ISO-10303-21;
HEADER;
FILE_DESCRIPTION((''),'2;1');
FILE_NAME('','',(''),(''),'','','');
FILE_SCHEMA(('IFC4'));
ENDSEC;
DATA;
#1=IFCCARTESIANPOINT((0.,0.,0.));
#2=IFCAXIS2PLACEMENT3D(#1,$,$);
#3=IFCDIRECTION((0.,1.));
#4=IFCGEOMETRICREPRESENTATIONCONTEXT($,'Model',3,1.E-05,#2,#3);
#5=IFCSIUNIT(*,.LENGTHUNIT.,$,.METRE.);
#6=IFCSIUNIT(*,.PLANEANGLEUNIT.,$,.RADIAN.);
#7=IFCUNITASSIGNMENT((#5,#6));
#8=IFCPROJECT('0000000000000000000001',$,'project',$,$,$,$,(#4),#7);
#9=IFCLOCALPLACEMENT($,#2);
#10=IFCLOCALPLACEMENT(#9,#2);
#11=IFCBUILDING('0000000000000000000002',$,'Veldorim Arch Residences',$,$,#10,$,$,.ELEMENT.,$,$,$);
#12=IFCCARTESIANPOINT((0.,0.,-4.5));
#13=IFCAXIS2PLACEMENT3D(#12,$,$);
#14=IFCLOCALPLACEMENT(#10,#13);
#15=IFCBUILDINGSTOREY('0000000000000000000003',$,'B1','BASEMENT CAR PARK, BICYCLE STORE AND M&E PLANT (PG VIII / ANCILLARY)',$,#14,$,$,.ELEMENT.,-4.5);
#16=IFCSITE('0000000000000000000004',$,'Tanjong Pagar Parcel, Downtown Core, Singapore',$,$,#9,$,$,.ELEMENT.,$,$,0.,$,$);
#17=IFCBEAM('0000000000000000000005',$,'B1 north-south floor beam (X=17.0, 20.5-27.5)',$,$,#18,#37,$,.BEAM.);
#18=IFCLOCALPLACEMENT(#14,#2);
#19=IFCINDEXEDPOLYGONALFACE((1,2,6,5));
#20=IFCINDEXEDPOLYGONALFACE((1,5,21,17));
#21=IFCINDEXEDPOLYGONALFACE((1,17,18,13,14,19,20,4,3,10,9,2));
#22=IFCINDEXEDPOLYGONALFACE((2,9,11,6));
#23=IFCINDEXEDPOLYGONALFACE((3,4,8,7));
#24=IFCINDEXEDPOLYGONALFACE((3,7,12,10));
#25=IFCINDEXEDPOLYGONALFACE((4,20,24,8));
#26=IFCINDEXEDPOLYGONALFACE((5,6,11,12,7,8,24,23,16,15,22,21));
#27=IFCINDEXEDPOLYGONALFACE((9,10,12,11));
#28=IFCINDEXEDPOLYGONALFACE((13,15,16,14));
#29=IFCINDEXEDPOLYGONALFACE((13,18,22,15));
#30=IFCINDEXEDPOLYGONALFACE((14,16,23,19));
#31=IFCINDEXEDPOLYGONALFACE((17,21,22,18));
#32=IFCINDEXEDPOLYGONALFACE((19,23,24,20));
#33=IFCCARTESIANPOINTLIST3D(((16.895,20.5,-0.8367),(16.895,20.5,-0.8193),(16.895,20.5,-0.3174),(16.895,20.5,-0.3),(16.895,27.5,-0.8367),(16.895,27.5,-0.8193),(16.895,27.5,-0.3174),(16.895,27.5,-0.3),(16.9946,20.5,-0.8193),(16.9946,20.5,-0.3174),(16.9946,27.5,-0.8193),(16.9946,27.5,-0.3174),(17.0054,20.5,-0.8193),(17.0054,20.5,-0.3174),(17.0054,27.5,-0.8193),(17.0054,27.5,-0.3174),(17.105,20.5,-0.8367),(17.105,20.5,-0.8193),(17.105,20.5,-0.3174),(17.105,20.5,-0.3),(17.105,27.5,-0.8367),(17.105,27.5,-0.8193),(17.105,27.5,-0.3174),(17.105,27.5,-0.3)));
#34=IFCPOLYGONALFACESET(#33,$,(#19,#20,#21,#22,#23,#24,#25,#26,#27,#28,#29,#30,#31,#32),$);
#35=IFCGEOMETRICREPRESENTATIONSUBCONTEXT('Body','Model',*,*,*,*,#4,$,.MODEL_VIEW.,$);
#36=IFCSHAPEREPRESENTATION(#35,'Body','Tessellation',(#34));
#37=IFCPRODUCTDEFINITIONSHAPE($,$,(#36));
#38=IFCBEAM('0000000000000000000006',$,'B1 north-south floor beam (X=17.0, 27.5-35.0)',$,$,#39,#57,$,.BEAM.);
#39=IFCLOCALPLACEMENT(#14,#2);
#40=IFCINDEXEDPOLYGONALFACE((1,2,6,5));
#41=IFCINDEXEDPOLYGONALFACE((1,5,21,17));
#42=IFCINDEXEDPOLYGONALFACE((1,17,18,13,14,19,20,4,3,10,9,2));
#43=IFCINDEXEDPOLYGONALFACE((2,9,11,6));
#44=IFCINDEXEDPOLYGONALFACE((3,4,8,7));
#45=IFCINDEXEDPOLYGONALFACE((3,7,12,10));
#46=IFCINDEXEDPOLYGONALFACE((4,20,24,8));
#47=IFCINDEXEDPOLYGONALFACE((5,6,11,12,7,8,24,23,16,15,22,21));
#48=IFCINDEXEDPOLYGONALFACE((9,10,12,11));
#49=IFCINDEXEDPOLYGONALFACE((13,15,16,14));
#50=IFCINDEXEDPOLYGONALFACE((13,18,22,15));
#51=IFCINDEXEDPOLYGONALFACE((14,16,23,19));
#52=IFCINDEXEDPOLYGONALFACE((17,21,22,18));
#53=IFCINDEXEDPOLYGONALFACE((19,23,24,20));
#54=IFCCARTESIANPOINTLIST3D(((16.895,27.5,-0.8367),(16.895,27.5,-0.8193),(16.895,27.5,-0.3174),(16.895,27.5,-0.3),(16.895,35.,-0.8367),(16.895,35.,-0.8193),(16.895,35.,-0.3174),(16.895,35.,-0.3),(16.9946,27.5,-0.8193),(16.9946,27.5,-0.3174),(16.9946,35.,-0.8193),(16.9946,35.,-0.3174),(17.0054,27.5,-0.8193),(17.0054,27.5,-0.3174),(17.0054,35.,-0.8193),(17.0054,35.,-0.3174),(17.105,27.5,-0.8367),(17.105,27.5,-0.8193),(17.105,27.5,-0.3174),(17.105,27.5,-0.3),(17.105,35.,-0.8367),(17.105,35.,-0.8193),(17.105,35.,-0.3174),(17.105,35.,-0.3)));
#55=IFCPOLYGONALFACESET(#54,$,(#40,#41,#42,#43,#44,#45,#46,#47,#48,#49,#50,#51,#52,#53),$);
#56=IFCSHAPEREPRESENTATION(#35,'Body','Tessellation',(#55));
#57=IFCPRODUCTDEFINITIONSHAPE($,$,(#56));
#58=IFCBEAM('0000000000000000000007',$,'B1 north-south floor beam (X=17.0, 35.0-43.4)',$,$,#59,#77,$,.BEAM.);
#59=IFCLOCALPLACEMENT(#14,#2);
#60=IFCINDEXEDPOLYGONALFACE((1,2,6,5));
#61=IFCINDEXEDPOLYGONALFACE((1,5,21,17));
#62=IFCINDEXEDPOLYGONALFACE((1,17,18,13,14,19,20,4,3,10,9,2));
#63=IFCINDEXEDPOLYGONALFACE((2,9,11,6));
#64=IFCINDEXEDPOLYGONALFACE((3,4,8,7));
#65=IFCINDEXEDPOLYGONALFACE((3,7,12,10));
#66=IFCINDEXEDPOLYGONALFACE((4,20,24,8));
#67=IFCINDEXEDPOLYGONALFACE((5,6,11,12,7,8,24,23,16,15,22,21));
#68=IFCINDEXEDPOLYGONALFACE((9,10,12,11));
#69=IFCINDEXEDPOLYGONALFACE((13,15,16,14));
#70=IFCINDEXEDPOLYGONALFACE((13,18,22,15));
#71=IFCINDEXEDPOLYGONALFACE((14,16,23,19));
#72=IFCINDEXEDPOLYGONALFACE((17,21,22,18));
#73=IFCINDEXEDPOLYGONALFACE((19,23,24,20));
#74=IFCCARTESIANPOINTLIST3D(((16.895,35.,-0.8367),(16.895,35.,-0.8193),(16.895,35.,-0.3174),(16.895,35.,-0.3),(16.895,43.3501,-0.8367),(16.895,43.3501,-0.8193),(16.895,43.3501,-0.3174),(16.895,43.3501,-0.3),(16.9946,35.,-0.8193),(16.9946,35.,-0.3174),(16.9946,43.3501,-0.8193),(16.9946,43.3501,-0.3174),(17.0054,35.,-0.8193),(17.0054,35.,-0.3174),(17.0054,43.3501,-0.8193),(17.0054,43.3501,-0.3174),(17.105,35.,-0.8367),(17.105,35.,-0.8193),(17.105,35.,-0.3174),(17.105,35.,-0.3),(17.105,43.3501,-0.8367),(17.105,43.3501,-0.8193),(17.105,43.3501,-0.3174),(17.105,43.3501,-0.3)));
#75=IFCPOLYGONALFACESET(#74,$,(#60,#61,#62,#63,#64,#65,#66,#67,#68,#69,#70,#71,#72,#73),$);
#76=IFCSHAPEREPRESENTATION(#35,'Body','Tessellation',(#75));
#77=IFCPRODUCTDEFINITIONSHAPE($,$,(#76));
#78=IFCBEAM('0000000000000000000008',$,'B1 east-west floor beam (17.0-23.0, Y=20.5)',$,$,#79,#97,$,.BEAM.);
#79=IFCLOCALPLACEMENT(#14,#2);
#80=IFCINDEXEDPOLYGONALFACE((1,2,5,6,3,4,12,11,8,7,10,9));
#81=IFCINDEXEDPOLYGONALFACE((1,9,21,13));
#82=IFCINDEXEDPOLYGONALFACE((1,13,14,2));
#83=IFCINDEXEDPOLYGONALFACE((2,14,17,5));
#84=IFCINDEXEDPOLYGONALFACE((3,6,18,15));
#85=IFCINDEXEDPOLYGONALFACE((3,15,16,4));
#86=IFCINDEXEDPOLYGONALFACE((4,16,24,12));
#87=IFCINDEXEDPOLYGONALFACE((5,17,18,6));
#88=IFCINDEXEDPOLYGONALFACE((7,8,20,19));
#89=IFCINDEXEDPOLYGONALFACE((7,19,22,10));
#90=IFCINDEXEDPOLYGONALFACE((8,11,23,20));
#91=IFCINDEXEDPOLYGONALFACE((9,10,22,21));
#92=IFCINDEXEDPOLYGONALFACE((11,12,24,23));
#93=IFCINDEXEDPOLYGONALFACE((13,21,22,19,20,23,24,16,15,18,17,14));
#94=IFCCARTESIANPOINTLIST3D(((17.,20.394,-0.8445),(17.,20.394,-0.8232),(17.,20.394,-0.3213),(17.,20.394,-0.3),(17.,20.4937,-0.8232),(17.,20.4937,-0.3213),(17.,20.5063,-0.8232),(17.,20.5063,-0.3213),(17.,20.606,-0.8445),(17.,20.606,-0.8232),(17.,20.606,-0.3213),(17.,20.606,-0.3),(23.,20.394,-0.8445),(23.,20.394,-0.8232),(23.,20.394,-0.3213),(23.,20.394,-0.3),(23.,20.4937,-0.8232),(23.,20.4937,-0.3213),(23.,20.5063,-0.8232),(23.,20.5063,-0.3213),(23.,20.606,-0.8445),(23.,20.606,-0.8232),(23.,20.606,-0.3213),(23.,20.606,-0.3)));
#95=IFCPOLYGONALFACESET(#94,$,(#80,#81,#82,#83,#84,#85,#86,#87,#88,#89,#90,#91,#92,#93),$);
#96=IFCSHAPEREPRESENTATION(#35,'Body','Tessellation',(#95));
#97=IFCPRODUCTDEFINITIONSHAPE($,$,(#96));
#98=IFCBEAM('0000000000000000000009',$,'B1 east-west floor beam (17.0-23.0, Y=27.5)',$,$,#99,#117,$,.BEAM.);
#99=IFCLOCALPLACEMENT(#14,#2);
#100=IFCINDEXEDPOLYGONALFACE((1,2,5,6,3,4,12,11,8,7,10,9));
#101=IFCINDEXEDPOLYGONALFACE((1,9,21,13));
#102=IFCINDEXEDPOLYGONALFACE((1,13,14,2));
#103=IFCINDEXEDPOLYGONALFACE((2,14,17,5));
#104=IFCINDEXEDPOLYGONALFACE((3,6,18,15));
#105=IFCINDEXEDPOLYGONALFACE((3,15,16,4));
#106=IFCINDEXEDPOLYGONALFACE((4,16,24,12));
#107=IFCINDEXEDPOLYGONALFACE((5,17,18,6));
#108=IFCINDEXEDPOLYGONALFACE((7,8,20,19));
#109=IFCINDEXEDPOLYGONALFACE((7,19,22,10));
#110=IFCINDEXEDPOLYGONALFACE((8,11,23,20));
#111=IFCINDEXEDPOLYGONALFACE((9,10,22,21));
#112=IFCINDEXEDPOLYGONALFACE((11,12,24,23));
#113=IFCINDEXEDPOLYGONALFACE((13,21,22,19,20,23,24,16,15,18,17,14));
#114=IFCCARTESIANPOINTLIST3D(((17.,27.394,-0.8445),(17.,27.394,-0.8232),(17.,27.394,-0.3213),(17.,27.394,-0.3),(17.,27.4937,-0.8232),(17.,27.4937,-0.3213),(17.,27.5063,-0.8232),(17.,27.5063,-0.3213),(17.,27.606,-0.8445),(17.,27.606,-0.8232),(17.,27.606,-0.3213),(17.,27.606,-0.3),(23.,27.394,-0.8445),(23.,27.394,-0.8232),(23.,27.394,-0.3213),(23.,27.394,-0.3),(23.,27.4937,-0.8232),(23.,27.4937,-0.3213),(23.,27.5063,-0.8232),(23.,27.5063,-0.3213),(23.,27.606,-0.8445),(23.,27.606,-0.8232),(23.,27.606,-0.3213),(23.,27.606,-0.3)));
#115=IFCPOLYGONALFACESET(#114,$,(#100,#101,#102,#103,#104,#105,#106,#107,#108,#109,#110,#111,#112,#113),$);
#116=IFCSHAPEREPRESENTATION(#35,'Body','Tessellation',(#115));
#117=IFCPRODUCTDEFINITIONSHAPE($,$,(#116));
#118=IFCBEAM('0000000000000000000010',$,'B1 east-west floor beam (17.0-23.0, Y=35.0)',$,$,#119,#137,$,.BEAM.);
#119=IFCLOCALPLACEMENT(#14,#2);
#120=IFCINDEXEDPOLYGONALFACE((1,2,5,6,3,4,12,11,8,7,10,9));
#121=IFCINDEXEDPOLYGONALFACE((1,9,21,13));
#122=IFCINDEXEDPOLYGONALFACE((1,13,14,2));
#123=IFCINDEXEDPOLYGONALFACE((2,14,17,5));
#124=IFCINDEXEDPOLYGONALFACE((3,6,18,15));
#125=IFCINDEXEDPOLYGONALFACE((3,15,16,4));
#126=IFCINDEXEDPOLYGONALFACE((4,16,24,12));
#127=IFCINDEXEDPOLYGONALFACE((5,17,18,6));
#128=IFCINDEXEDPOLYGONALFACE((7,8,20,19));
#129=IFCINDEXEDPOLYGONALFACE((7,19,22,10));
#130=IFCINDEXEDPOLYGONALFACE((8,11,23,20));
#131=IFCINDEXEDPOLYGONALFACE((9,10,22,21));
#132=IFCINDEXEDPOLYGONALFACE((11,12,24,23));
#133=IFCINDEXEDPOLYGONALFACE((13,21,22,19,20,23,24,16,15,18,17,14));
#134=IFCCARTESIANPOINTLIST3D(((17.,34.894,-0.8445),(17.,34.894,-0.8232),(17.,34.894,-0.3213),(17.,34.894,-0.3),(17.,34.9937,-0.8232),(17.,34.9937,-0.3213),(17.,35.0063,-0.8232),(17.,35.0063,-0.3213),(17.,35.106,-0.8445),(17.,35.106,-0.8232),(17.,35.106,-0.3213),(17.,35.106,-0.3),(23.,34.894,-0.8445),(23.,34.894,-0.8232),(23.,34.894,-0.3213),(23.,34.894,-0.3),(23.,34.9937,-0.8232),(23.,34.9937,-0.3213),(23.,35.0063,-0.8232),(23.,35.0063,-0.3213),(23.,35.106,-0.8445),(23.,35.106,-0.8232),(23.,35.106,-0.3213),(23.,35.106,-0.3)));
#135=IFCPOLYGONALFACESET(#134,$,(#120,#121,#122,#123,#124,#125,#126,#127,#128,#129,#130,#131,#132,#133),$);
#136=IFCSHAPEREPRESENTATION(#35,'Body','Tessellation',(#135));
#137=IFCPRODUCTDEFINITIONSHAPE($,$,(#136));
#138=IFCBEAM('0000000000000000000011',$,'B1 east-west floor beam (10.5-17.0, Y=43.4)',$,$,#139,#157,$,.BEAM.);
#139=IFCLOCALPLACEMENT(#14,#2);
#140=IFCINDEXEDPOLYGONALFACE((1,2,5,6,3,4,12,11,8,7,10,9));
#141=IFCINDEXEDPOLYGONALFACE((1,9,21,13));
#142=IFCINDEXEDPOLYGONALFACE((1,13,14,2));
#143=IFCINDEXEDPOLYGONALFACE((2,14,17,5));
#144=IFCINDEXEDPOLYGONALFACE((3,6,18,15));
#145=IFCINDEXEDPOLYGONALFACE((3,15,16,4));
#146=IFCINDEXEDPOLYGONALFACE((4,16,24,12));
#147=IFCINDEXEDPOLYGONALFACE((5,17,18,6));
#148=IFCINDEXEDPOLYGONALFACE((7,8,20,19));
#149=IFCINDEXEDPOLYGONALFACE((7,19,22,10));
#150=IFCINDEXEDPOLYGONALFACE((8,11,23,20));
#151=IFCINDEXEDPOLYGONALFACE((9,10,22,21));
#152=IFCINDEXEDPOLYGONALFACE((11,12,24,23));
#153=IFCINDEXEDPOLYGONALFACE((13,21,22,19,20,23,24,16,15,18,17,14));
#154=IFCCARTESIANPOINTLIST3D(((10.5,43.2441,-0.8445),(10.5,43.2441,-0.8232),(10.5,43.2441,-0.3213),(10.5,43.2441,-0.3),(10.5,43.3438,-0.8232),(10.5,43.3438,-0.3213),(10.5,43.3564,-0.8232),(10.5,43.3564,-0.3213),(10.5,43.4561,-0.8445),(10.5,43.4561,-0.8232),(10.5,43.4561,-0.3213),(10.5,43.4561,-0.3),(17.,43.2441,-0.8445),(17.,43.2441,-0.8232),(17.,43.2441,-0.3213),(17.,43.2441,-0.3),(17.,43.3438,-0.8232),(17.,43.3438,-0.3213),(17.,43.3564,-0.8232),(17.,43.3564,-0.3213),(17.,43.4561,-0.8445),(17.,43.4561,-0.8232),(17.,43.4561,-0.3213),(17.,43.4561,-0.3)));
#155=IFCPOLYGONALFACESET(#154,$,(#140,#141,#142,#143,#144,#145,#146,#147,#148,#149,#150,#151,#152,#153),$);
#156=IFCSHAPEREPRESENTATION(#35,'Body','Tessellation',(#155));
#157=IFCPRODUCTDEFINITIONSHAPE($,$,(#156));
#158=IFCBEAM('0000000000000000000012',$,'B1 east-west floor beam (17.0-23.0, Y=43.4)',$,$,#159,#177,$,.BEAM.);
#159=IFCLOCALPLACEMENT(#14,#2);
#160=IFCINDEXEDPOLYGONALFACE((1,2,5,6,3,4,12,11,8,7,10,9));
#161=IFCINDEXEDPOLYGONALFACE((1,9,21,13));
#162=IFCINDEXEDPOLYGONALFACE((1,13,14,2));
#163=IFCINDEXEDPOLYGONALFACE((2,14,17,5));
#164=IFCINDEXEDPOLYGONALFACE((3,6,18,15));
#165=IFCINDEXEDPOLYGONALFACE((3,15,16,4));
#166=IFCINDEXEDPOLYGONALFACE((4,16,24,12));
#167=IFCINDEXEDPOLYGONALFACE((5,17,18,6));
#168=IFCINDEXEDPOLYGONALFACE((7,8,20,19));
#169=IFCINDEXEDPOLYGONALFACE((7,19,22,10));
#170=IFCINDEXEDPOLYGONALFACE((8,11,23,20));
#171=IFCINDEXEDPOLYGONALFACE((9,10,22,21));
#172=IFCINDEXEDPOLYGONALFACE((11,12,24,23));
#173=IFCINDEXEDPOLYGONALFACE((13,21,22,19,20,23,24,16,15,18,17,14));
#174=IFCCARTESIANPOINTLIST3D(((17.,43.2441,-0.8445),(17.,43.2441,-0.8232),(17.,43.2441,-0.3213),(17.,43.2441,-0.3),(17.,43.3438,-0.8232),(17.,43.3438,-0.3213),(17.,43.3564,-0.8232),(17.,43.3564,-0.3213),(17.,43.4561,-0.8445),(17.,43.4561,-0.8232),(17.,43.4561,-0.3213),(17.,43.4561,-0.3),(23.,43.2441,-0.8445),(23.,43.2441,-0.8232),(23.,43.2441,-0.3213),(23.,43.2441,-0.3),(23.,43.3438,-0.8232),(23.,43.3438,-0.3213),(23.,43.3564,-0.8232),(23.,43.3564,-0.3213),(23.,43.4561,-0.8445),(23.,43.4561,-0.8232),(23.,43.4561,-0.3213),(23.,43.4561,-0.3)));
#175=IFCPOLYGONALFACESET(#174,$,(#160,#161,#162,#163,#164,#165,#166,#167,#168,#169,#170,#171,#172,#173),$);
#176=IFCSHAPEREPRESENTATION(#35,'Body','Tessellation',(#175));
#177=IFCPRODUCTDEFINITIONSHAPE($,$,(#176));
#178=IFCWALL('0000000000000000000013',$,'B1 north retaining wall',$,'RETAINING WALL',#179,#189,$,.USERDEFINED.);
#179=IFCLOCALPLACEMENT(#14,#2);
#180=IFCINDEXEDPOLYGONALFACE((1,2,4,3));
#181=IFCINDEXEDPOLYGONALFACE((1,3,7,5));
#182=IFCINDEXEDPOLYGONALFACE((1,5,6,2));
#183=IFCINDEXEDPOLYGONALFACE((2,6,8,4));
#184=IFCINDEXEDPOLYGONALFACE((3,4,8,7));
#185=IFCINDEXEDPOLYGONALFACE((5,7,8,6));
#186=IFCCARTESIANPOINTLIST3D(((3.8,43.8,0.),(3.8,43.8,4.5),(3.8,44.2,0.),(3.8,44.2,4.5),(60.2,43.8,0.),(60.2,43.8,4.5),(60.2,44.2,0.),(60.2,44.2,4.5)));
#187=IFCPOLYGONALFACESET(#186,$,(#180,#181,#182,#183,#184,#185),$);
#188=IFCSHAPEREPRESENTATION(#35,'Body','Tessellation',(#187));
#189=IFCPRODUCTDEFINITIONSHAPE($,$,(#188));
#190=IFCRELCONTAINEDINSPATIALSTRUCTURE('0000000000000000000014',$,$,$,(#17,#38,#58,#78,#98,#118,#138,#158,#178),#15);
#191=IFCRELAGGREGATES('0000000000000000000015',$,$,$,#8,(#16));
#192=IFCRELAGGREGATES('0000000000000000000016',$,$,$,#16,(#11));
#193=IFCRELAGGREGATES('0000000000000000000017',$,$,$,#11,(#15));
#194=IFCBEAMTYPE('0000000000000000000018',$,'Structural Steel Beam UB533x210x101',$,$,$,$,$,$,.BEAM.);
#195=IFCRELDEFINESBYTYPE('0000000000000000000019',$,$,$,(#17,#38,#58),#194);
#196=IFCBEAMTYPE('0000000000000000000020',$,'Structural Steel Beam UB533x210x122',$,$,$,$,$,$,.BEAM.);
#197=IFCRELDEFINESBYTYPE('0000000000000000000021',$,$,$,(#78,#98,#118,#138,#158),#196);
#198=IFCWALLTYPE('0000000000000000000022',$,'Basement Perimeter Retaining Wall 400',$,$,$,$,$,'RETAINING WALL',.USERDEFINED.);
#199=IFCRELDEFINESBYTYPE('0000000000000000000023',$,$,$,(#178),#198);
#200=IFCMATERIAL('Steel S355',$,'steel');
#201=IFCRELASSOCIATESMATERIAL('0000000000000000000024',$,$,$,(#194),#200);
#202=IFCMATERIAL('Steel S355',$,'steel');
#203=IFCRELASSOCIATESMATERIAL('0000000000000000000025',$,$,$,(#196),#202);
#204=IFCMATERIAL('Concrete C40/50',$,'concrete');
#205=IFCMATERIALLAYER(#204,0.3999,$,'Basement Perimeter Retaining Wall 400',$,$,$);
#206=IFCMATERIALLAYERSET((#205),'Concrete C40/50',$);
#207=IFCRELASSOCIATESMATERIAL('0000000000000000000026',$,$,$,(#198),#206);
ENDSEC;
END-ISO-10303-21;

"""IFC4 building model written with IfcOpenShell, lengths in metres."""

from ifc_helpers import new_model, si_unit, direction, frame, frame_2d, origin, origin_2d, place, context, subcontext, project, spatial, rectangle, i_section, extrude, material, layer, layer_set, material_profile, profile_set, type_object, element, save


model = new_model("IFC4")

# Units and contexts
model_context = context("Model", 3, precision=1e-05, world=origin(), true_north=direction((0.0, 1.0)))
body_context = subcontext(model_context, "Body", "Model", "MODEL_VIEW")
ifc_project = project(units=[si_unit("LENGTHUNIT", "METRE"), si_unit("PLANEANGLEUNIT", "RADIAN")], contexts=[model_context])

# Site, building, storey
site_placement = place(None, origin())
site = spatial("IfcSite", under=ifc_project, at=site_placement, Name="Tanjong Pagar Parcel, Downtown Core, Singapore", CompositionType="ELEMENT", RefElevation=0.0)
building_placement = place(site_placement, origin())
building = spatial("IfcBuilding", under=site, at=building_placement, Name="Veldorim Arch Residences", CompositionType="ELEMENT")
storey_placement = place(building_placement, frame((0.0, 0.0, -4.5)))
storey = spatial("IfcBuildingStorey", under=building, at=storey_placement, Name="B1", Description="BASEMENT CAR PARK, BICYCLE STORE AND M&E PLANT (PG VIII / ANCILLARY)", CompositionType="ELEMENT", Elevation=-4.5)

# Beams
ifc_material_1 = material(Name="Steel S355", Category="steel")
ifc_material_profile_1 = material_profile(ifc_material_1, i_section(OverallWidth=0.21, OverallDepth=0.5366, WebThickness=0.0107, FlangeThickness=0.0173, at=origin_2d()), Name="UB533x210x101")
ifc_profile_set_1 = profile_set([ifc_material_profile_1], Name="Steel S355")
beam_type_1 = type_object("IfcBeamType", Name="Structural Steel Beam UB533x210x101", PredefinedType="BEAM", material=ifc_profile_set_1)
beam_1_placement = place(storey_placement, frame((17.0, 20.5, -0.5684), z_axis=(0.0, 1.0, 0.0), x_axis=(-1.0, 0.0, 0.0)))
element("IfcBeam", 1, at=beam_1_placement, inside=storey, type_object=beam_type_1, Name="B1 north-south floor beam (X=17.0, 20.5-27.5)", PredefinedType="BEAM", context=body_context, shape_type="SweptSolid", body=[
    extrude(i_section(OverallWidth=0.21, OverallDepth=0.5366, WebThickness=0.0107, FlangeThickness=0.0173, at=origin_2d()), origin(), (0.0, 0.0, 1.0), 7.0),
])
beam_2_placement = place(storey_placement, frame((17.0, 27.5, -0.5684), z_axis=(0.0, 1.0, 0.0), x_axis=(-1.0, 0.0, 0.0)))
element("IfcBeam", 2, at=beam_2_placement, inside=storey, type_object=beam_type_1, Name="B1 north-south floor beam (X=17.0, 27.5-35.0)", PredefinedType="BEAM", context=body_context, shape_type="SweptSolid", body=[
    extrude(i_section(OverallWidth=0.21, OverallDepth=0.5366, WebThickness=0.0107, FlangeThickness=0.0173, at=origin_2d()), origin(), (0.0, 0.0, 1.0), 7.5),
])
beam_3_placement = place(storey_placement, frame((17.0, 35.0, -0.5684), z_axis=(0.0, 1.0, 0.0), x_axis=(-1.0, 0.0, 0.0)))
element("IfcBeam", 3, at=beam_3_placement, inside=storey, type_object=beam_type_1, Name="B1 north-south floor beam (X=17.0, 35.0-43.4)", PredefinedType="BEAM", context=body_context, shape_type="SweptSolid", body=[
    extrude(i_section(OverallWidth=0.21, OverallDepth=0.5366, WebThickness=0.0107, FlangeThickness=0.0173, at=origin_2d()), origin(), (0.0, 0.0, 1.0), 8.3501),
])
ifc_material_2 = material(Name="Steel S355", Category="steel")
ifc_material_profile_2 = material_profile(ifc_material_2, i_section(OverallWidth=0.2119, OverallDepth=0.5444, WebThickness=0.0127, FlangeThickness=0.0212, at=origin_2d()), Name="UB533x210x122")
ifc_profile_set_2 = profile_set([ifc_material_profile_2], Name="Steel S355")
beam_type_2 = type_object("IfcBeamType", Name="Structural Steel Beam UB533x210x122", PredefinedType="BEAM", material=ifc_profile_set_2)
for number, where, z_axis, x_axis, name in (
    (4, (17.0, 20.5, -0.5723), (1.0, 0.0, 0.0), (0.0, 1.0, 0.0), "B1 east-west floor beam (17.0-23.0, Y=20.5)"),
    (5, (17.0, 27.5, -0.5723), (1.0, 0.0, 0.0), (0.0, 1.0, 0.0), "B1 east-west floor beam (17.0-23.0, Y=27.5)"),
    (6, (17.0, 35.0, -0.5723), (1.0, 0.0, 0.0), (0.0, 1.0, 0.0), "B1 east-west floor beam (17.0-23.0, Y=35.0)"),
):
    element("IfcBeam", number, at=place(storey_placement, frame(where, z_axis=z_axis, x_axis=x_axis)), inside=storey, type_object=beam_type_2, Name=name, PredefinedType="BEAM", context=body_context, shape_type="SweptSolid", body=[
        extrude(i_section(OverallWidth=0.2119, OverallDepth=0.5444, WebThickness=0.0127, FlangeThickness=0.0212, at=origin_2d()), origin(), (0.0, 0.0, 1.0), 6.0),
    ])
beam_4_placement = place(storey_placement, frame((10.5, 43.3501, -0.5723), z_axis=(1.0, 0.0, 0.0), x_axis=(0.0, 1.0, 0.0)))
element("IfcBeam", 7, at=beam_4_placement, inside=storey, type_object=beam_type_2, Name="B1 east-west floor beam (10.5-17.0, Y=43.4)", PredefinedType="BEAM", context=body_context, shape_type="SweptSolid", body=[
    extrude(i_section(OverallWidth=0.2119, OverallDepth=0.5444, WebThickness=0.0127, FlangeThickness=0.0212, at=origin_2d()), origin(), (0.0, 0.0, 1.0), 6.5),
])
beam_5_placement = place(storey_placement, frame((17.0, 43.3501, -0.5723), z_axis=(1.0, 0.0, 0.0), x_axis=(0.0, 1.0, 0.0)))
element("IfcBeam", 8, at=beam_5_placement, inside=storey, type_object=beam_type_2, Name="B1 east-west floor beam (17.0-23.0, Y=43.4)", PredefinedType="BEAM", context=body_context, shape_type="SweptSolid", body=[
    extrude(i_section(OverallWidth=0.2119, OverallDepth=0.5444, WebThickness=0.0127, FlangeThickness=0.0212, at=origin_2d()), origin(), (0.0, 0.0, 1.0), 6.0),
])

# Wall
ifc_material_3 = material(Name="Concrete C40/50", Category="concrete")
ifc_layer_1 = layer(ifc_material_3, 0.3999, Name="Basement Perimeter Retaining Wall 400")
ifc_layer_set_1 = layer_set([ifc_layer_1], Name="Concrete C40/50")
wall_type_1 = type_object("IfcWallType", Name="Basement Perimeter Retaining Wall 400", ElementType="RETAINING WALL", PredefinedType="USERDEFINED", material=ifc_layer_set_1)
wall_1_placement = place(storey_placement, frame((3.8, 44.0, 0.0), z_axis=(0.0, 0.0, 1.0), x_axis=(1.0, 0.0, 0.0)))
element("IfcWall", 9, at=wall_1_placement, inside=storey, type_object=wall_type_1, Name="B1 north retaining wall", ObjectType="RETAINING WALL", PredefinedType="USERDEFINED", context=body_context, shape_type="SweptSolid", body=[
    extrude(rectangle(XDim=56.3999, YDim=0.3999, at=frame_2d((28.2, 0.0))), origin(), (0.0, 0.0, 1.0), 4.5),
])

save(model, "model.ifc")
